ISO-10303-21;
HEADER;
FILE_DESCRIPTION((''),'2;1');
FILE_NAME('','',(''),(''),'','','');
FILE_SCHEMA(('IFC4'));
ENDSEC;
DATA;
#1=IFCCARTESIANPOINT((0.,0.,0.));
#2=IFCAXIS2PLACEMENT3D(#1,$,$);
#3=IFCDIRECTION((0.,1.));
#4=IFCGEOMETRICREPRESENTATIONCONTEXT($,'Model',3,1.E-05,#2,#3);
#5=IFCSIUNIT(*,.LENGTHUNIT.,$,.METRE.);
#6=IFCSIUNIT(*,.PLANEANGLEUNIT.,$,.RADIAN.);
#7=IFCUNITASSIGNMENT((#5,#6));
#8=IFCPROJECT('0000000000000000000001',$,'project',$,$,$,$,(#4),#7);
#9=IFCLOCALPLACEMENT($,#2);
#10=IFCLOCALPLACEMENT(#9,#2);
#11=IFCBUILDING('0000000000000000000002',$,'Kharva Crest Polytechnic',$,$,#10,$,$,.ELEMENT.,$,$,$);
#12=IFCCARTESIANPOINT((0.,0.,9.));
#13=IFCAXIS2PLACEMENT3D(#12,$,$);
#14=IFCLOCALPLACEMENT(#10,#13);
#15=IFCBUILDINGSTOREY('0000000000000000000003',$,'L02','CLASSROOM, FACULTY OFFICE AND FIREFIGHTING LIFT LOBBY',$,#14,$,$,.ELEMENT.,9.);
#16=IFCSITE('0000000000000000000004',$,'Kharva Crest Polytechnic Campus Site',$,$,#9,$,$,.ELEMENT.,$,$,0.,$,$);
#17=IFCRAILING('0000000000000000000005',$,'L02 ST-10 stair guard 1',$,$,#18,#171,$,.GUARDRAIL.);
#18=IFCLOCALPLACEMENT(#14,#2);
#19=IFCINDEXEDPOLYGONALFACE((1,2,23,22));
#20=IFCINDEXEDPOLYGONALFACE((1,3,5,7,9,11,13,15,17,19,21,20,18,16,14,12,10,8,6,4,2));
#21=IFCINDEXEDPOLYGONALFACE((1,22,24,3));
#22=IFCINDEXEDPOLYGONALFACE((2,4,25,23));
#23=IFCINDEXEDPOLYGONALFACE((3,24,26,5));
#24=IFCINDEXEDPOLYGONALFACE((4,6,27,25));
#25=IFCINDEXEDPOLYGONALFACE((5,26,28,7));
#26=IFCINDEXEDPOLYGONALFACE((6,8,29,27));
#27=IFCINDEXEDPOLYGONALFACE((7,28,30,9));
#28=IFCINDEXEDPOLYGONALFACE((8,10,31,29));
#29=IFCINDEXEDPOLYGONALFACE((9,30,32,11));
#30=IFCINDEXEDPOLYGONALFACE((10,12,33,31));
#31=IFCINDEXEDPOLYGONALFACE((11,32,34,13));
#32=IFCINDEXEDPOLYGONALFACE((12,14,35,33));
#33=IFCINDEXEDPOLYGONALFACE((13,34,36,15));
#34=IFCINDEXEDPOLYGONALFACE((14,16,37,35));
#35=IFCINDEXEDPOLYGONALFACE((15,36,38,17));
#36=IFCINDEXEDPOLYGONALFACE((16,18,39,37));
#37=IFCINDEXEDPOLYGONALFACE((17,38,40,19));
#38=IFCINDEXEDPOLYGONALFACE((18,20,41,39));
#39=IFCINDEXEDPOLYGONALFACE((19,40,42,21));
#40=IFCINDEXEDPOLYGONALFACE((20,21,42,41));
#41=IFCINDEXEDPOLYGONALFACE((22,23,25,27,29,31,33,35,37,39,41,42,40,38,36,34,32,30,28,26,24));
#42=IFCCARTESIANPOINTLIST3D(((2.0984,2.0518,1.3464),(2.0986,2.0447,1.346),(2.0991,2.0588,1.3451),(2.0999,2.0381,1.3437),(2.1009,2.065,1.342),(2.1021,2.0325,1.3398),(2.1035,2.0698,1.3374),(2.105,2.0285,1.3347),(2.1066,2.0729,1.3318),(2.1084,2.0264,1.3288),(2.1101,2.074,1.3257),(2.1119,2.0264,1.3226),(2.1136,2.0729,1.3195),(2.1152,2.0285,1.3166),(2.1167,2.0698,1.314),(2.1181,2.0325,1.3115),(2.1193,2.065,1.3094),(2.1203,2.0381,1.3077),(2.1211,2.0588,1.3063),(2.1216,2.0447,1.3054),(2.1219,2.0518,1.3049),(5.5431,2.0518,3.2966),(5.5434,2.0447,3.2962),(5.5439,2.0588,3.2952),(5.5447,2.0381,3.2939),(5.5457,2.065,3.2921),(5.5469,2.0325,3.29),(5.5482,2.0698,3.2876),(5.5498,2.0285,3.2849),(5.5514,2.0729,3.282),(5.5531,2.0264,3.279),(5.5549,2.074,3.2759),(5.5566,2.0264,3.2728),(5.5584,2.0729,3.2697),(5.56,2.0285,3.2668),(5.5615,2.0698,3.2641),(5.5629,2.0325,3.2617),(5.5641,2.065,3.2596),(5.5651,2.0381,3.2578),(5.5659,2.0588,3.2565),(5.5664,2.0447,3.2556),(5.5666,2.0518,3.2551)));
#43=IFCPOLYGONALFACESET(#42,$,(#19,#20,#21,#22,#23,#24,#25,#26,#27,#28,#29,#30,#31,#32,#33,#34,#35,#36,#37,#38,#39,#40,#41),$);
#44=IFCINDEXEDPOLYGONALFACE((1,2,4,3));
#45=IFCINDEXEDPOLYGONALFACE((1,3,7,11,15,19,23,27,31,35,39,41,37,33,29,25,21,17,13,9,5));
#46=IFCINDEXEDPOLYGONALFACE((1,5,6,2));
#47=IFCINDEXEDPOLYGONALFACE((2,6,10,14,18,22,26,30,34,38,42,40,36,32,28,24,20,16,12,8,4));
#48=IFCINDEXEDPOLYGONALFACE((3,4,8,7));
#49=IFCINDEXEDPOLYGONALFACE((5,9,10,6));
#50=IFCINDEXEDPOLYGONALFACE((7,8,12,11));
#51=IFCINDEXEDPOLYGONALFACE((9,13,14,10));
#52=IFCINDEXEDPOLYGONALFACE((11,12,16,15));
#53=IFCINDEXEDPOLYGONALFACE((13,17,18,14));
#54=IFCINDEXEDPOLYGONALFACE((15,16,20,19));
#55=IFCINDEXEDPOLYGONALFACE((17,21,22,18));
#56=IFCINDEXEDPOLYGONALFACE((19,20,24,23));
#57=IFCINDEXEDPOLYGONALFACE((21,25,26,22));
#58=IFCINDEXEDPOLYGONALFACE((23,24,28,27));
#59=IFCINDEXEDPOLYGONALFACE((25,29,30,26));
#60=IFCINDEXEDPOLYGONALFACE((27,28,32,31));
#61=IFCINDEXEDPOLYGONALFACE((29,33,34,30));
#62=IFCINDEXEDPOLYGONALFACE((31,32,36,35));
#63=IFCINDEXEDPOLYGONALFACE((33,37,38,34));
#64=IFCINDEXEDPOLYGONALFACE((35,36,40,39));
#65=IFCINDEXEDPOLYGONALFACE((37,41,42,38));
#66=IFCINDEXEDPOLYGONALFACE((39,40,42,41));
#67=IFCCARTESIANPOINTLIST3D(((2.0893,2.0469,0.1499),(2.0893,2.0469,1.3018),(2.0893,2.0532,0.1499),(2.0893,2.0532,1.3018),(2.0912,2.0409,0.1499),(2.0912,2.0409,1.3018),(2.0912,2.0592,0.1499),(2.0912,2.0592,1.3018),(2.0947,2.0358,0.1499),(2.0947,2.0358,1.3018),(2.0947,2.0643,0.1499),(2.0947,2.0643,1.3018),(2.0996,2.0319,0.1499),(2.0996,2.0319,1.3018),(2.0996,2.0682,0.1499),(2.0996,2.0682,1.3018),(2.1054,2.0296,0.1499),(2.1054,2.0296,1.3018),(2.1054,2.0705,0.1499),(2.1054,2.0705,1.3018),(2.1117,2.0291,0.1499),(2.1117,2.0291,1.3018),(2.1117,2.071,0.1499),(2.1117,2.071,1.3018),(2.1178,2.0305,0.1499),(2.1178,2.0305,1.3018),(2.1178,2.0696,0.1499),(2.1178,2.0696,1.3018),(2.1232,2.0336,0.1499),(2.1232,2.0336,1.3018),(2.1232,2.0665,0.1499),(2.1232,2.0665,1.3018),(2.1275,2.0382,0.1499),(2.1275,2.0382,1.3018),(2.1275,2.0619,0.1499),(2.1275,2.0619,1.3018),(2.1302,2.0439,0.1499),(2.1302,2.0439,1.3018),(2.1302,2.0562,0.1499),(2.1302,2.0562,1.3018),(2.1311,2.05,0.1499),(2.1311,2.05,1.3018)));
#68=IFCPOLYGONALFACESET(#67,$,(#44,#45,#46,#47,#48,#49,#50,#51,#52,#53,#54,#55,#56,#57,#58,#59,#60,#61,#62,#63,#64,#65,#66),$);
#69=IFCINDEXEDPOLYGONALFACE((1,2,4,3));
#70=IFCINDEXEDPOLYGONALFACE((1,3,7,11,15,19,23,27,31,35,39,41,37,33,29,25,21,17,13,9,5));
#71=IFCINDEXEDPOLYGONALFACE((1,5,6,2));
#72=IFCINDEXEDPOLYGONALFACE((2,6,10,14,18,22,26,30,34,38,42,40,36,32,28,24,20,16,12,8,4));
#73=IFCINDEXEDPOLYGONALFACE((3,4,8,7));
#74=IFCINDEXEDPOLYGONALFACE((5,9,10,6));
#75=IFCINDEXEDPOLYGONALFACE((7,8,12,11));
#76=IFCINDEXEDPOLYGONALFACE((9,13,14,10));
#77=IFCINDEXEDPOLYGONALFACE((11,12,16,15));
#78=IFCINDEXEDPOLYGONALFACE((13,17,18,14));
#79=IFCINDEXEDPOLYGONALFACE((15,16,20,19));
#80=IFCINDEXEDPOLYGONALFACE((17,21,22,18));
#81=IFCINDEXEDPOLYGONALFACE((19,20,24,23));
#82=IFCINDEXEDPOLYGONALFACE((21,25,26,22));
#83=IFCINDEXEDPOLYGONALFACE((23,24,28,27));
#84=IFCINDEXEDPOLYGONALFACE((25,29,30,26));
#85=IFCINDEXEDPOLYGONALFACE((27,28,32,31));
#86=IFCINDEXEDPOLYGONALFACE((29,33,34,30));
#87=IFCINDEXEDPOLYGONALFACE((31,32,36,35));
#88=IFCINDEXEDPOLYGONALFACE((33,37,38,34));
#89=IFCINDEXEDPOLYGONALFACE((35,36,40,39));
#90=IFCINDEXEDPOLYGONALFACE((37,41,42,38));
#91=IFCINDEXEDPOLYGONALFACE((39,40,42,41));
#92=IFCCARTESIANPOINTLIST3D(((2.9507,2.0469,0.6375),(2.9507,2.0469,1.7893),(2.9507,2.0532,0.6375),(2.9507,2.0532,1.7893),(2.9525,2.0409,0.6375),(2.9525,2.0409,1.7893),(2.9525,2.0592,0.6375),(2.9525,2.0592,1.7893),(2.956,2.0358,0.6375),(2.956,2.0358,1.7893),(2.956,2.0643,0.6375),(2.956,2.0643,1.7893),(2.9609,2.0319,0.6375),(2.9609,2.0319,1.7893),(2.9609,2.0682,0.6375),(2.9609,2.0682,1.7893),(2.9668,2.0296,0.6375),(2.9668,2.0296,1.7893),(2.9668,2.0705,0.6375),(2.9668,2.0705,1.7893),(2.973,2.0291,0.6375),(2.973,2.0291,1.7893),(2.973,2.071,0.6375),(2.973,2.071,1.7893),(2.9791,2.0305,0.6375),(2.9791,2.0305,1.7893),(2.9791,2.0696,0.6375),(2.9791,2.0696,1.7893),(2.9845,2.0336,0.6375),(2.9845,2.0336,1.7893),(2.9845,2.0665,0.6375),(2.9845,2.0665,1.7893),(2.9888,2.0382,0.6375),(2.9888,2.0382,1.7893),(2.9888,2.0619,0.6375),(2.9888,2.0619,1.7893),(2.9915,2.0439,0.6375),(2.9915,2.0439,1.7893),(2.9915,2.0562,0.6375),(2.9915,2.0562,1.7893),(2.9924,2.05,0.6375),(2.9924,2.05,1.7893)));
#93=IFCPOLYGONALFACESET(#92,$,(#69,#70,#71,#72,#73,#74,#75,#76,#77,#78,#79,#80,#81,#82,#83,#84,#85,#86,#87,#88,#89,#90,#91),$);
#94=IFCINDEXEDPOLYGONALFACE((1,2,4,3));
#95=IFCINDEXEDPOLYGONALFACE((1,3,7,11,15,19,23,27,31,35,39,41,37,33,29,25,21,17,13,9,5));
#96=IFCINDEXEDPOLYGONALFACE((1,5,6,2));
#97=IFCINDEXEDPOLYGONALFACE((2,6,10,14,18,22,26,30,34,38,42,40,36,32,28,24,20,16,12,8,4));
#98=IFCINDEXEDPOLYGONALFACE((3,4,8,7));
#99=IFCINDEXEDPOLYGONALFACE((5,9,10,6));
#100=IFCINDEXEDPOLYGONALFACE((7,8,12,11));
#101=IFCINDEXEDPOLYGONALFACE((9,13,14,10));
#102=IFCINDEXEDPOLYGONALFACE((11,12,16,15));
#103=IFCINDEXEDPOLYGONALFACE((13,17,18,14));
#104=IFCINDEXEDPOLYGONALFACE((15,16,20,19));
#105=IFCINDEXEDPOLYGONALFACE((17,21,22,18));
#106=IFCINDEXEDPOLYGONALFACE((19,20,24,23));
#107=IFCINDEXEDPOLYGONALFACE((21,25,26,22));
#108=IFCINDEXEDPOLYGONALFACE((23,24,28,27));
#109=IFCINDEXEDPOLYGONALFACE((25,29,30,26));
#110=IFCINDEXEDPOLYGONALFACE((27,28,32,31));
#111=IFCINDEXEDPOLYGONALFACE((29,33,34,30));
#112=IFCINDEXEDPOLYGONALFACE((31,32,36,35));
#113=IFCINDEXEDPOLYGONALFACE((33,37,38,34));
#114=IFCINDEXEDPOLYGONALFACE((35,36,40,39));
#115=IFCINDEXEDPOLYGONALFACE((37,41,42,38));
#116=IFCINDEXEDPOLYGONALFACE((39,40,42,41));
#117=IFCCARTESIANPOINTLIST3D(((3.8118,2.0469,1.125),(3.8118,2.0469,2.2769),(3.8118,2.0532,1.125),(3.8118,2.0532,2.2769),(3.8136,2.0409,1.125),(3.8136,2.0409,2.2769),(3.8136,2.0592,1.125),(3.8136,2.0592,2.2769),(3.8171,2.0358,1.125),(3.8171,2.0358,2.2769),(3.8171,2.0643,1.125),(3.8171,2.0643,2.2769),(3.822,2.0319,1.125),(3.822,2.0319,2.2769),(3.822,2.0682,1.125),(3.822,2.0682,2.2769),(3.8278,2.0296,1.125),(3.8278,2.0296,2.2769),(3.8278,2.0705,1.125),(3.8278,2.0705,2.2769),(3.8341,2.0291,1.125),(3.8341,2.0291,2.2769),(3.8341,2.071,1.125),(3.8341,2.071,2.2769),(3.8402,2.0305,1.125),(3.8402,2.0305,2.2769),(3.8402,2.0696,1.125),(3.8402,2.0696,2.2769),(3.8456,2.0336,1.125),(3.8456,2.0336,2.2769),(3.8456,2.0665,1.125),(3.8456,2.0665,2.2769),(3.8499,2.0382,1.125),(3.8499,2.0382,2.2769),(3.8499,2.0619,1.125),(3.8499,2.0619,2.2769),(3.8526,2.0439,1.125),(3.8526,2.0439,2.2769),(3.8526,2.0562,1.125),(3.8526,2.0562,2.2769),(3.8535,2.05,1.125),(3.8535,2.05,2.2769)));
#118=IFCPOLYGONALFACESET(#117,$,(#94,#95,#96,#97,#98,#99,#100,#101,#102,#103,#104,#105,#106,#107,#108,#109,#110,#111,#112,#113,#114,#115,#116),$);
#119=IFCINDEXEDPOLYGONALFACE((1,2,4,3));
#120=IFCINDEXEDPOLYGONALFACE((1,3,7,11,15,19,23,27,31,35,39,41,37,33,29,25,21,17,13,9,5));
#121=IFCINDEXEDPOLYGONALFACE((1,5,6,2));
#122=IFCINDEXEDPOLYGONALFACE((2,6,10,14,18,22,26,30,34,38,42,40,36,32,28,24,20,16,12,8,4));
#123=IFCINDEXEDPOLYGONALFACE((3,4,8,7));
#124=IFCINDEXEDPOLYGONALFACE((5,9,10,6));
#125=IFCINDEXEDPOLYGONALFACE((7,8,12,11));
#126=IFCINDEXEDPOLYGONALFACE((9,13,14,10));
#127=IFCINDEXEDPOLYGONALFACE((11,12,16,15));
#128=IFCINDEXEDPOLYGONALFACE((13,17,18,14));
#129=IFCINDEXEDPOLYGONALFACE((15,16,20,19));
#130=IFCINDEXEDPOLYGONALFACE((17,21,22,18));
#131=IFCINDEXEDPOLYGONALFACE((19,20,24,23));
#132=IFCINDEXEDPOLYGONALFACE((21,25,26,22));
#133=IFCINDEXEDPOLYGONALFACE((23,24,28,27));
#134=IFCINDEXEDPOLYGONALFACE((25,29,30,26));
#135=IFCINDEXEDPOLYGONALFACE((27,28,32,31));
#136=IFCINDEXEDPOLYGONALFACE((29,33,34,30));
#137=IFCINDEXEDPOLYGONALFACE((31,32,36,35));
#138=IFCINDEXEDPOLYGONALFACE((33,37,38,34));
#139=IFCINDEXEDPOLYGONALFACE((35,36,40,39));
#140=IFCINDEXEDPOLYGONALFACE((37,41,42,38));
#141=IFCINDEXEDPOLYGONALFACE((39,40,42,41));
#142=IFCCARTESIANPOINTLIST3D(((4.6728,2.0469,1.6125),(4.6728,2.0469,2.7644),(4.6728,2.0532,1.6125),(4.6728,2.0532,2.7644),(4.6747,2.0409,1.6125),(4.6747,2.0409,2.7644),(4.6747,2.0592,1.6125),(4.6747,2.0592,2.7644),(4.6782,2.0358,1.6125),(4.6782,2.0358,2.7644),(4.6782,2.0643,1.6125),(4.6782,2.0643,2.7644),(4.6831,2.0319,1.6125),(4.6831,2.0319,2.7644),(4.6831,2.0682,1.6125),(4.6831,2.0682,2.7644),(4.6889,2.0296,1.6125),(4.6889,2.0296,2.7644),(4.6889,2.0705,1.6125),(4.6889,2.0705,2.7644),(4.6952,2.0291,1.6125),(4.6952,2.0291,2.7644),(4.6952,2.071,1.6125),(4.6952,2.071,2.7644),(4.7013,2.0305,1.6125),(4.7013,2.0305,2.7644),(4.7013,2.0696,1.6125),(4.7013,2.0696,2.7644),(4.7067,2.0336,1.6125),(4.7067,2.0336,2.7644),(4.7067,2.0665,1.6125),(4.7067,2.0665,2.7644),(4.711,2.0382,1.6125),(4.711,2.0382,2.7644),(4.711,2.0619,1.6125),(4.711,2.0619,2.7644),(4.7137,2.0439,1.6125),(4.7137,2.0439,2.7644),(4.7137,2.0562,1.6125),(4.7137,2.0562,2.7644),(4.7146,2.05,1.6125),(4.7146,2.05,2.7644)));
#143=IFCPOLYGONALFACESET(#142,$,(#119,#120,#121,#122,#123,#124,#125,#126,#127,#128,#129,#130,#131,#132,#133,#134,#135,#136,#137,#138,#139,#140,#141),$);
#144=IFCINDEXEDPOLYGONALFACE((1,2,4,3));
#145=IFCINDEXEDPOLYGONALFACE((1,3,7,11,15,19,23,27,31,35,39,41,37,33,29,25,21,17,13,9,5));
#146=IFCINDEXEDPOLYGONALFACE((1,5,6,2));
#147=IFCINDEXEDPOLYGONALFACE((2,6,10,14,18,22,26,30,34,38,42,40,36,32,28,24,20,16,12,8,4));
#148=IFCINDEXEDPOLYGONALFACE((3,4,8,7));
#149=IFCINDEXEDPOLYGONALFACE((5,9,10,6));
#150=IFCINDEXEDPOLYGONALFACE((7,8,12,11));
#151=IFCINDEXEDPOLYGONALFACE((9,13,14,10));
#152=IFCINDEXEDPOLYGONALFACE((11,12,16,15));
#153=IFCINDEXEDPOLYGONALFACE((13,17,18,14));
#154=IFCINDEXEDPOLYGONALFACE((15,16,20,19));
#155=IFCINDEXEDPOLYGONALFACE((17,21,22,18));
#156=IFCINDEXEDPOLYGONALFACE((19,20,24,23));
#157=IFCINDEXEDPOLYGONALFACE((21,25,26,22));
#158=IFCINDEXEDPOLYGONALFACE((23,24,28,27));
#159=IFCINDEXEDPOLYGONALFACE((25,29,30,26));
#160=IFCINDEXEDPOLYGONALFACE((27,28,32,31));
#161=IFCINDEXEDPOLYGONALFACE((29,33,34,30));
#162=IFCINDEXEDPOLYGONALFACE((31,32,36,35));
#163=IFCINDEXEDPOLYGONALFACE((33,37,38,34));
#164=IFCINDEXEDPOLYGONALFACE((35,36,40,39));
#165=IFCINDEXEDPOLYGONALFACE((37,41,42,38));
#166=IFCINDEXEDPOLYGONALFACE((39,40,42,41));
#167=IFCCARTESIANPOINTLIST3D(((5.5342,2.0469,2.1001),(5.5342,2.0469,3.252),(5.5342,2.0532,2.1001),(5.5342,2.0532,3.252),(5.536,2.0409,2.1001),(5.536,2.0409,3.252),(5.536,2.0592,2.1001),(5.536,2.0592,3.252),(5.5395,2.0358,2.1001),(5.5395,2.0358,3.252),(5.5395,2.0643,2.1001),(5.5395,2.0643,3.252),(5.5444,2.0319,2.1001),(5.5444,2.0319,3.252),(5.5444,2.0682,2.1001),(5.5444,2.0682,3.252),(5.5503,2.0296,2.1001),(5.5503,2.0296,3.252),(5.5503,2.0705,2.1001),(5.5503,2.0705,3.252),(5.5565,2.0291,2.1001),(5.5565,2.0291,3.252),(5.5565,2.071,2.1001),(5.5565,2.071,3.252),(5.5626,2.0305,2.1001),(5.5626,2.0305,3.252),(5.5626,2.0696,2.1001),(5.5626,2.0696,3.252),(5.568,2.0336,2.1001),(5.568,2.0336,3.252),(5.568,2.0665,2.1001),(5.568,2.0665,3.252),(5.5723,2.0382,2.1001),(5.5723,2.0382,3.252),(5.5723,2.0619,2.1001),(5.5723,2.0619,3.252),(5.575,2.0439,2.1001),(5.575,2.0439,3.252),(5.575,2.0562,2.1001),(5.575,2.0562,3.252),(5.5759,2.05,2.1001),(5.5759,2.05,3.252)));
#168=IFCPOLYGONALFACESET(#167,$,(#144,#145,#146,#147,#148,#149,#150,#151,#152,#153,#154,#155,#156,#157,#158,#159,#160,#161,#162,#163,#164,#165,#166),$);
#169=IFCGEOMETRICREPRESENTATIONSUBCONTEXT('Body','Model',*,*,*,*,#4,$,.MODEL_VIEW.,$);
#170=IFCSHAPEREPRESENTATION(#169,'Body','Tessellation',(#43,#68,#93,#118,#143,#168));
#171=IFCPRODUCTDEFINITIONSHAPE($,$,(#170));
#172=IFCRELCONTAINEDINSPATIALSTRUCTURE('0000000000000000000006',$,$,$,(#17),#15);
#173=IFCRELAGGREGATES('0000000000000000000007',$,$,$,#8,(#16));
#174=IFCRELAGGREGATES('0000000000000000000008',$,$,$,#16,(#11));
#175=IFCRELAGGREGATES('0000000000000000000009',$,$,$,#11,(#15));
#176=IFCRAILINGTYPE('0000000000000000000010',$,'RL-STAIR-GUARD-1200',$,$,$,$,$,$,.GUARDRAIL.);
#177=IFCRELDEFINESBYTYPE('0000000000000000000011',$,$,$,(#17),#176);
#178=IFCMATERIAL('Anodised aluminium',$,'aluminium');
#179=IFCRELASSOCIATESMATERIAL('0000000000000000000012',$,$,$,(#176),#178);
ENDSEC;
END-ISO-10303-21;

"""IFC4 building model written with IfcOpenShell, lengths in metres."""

from ifc_helpers import new_model, si_unit, direction, frame, origin, origin_2d, place, context, subcontext, project, spatial, circle, extrude, material, type_object, element, save


model = new_model("IFC4")

# Units and contexts
model_context = context("Model", 3, precision=1e-05, world=origin(), true_north=direction((0.0, 1.0)))
body_context = subcontext(model_context, "Body", "Model", "MODEL_VIEW")
ifc_project = project(units=[si_unit("LENGTHUNIT", "METRE"), si_unit("PLANEANGLEUNIT", "RADIAN")], contexts=[model_context])

# Site, building, storey
site_placement = place(None, origin())
site = spatial("IfcSite", under=ifc_project, at=site_placement, Name="Kharva Crest Polytechnic Campus Site", CompositionType="ELEMENT", RefElevation=0.0)
building_placement = place(site_placement, origin())
building = spatial("IfcBuilding", under=site, at=building_placement, Name="Kharva Crest Polytechnic", CompositionType="ELEMENT")
storey_placement = place(building_placement, frame((0.0, 0.0, 9.0)))
storey = spatial("IfcBuildingStorey", under=building, at=storey_placement, Name="L02", Description="CLASSROOM, FACULTY OFFICE AND FIREFIGHTING LIFT LOBBY", CompositionType="ELEMENT", Elevation=9.0)

# Shared definitions
ifc_material_1 = material(Name="Anodised aluminium", Category="aluminium")

# Railing
railing_type_1 = type_object("IfcRailingType", Name="RL-STAIR-GUARD-1200", PredefinedType="GUARDRAIL", material=ifc_material_1)
railing_1_placement = place(storey_placement, frame((2.1101, 2.05, 0.1499)))
element("IfcRailing", 1, at=railing_1_placement, inside=storey, type_object=railing_type_1, Name="L02 ST-10 stair guard 1", PredefinedType="GUARDRAIL", context=body_context, shape_type="SweptSolid", body=[
    extrude(circle(Radius=0.0239, at=origin_2d()), frame((0.0, 0.0, 1.1758), z_axis=(0.870225, 0.0, 0.492655), x_axis=(0.0, 1.0, 0.0)), (0.0, 0.0, 1.0), 3.9585),
    extrude(circle(Radius=0.021, at=origin_2d()), origin(), (0.0, 0.0, 1.0), 1.1519),
    extrude(circle(Radius=0.021, at=origin_2d()), frame((0.8613, 0.0, 0.4875)), (0.0, 0.0, 1.0), 1.1519),
    extrude(circle(Radius=0.021, at=origin_2d()), frame((1.7224, 0.0, 0.9751)), (0.0, 0.0, 1.0), 1.1519),
    extrude(circle(Radius=0.021, at=origin_2d()), frame((2.5835, 0.0, 1.4626)), (0.0, 0.0, 1.0), 1.1519),
    extrude(circle(Radius=0.021, at=origin_2d()), frame((3.4448, 0.0, 1.9502)), (0.0, 0.0, 1.0), 1.1519),
])

save(model, "model.ifc")
